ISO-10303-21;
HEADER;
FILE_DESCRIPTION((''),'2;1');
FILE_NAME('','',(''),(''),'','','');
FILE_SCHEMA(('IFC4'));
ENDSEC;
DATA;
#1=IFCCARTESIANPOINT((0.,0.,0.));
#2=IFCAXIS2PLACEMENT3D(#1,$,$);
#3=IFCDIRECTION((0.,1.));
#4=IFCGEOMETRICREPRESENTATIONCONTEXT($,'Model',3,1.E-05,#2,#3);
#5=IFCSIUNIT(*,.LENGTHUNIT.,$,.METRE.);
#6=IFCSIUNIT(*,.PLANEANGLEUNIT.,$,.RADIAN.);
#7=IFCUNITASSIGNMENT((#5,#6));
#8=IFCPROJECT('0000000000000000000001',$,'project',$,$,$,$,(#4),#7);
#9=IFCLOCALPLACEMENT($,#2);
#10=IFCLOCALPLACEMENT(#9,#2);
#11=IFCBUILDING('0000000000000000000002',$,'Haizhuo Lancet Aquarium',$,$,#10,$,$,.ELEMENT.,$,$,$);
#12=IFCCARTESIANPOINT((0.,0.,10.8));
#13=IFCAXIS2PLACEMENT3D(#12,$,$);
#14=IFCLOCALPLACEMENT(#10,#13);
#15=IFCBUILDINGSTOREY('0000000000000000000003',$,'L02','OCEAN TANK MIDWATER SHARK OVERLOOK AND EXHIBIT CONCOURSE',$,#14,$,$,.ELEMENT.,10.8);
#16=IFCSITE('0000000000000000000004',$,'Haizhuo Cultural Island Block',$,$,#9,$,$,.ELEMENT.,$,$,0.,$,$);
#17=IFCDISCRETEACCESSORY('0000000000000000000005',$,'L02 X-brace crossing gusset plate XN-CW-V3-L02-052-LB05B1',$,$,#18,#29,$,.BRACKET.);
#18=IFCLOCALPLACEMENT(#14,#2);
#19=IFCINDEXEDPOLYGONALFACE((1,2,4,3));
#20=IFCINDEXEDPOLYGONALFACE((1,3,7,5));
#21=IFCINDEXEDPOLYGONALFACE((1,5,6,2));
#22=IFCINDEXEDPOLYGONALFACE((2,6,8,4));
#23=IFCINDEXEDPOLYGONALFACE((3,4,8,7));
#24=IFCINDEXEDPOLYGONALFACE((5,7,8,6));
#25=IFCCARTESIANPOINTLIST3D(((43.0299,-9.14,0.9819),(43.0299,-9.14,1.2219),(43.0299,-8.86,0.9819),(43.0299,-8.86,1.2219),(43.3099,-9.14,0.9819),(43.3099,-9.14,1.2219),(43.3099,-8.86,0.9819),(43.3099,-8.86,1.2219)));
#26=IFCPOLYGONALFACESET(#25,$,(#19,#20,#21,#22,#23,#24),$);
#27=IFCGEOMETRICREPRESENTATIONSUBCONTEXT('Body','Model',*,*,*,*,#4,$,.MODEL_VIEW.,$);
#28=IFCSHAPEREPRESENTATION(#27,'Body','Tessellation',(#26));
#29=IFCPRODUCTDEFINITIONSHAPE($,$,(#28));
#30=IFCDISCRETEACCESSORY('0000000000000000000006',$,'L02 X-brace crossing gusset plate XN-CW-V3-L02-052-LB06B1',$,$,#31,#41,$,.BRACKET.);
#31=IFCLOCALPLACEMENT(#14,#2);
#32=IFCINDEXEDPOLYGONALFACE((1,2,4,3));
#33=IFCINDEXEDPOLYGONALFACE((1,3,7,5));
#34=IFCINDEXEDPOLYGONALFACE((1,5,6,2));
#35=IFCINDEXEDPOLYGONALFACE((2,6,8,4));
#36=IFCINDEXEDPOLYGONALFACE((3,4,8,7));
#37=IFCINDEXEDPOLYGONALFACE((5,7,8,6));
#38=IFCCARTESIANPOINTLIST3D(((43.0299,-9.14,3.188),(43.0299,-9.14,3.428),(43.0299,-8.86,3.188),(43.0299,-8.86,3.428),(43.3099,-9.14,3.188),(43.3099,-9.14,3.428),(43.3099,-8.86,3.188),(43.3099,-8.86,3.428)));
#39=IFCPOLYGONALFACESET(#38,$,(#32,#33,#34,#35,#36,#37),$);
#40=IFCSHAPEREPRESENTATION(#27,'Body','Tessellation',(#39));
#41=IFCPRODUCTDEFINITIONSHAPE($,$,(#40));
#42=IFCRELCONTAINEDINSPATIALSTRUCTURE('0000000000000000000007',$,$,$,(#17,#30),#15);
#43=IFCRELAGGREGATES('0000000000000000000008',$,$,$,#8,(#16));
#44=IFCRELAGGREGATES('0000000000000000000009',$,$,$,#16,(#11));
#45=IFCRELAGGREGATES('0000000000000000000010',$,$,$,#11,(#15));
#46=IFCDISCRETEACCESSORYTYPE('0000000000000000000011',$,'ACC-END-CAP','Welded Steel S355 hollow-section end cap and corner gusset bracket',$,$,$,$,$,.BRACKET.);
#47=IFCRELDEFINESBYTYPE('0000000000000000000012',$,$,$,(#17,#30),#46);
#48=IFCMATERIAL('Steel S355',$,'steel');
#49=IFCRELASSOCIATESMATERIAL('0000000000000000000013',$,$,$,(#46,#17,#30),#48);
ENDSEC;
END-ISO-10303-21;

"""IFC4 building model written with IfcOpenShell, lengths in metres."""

from ifc_helpers import new_model, si_unit, direction, frame, origin, origin_2d, place, context, subcontext, project, spatial, rectangle, extrude, material, type_object, element, save


model = new_model("IFC4")

# Units and contexts
model_context = context("Model", 3, precision=1e-05, world=origin(), true_north=direction((0.0, 1.0)))
body_context = subcontext(model_context, "Body", "Model", "MODEL_VIEW")
ifc_project = project(units=[si_unit("LENGTHUNIT", "METRE"), si_unit("PLANEANGLEUNIT", "RADIAN")], contexts=[model_context])

# Site, building, storey
site_placement = place(None, origin())
site = spatial("IfcSite", under=ifc_project, at=site_placement, Name="Haizhuo Cultural Island Block", CompositionType="ELEMENT", RefElevation=0.0)
building_placement = place(site_placement, origin())
building = spatial("IfcBuilding", under=site, at=building_placement, Name="Haizhuo Lancet Aquarium", CompositionType="ELEMENT")
storey_placement = place(building_placement, frame((0.0, 0.0, 10.8)))
storey = spatial("IfcBuildingStorey", under=building, at=storey_placement, Name="L02", Description="OCEAN TANK MIDWATER SHARK OVERLOOK AND EXHIBIT CONCOURSE", CompositionType="ELEMENT", Elevation=10.8)

# Shared definitions
ifc_material_1 = material(Name="Steel S355", Category="steel")

# Discrete accessories
discrete_accessory_type = type_object("IfcDiscreteAccessoryType", Name="ACC-END-CAP", Description="Welded Steel S355 hollow-section end cap and corner gusset bracket", PredefinedType="BRACKET", material=ifc_material_1)
for number, where, z_axis, x_axis, name in (
    (1, (43.1699, -9.0, 0.9819), (0.0, 0.0, 1.0), (1.0, 0.0, 0.0), "L02 X-brace crossing gusset plate XN-CW-V3-L02-052-LB05B1"),
    (2, (43.1699, -9.0, 3.188), (0.0, 0.0, 1.0), (1.0, 0.0, 0.0), "L02 X-brace crossing gusset plate XN-CW-V3-L02-052-LB06B1"),
):
    element("IfcDiscreteAccessory", number, at=place(storey_placement, frame(where, z_axis=z_axis, x_axis=x_axis)), inside=storey, type_object=discrete_accessory_type, material=ifc_material_1, Name=name, PredefinedType="BRACKET", context=body_context, shape_type="SweptSolid", body=[
        extrude(rectangle(XDim=0.28, YDim=0.28, at=origin_2d()), origin(), (0.0, 0.0, 1.0), 0.24),
    ])

save(model, "model.ifc")
